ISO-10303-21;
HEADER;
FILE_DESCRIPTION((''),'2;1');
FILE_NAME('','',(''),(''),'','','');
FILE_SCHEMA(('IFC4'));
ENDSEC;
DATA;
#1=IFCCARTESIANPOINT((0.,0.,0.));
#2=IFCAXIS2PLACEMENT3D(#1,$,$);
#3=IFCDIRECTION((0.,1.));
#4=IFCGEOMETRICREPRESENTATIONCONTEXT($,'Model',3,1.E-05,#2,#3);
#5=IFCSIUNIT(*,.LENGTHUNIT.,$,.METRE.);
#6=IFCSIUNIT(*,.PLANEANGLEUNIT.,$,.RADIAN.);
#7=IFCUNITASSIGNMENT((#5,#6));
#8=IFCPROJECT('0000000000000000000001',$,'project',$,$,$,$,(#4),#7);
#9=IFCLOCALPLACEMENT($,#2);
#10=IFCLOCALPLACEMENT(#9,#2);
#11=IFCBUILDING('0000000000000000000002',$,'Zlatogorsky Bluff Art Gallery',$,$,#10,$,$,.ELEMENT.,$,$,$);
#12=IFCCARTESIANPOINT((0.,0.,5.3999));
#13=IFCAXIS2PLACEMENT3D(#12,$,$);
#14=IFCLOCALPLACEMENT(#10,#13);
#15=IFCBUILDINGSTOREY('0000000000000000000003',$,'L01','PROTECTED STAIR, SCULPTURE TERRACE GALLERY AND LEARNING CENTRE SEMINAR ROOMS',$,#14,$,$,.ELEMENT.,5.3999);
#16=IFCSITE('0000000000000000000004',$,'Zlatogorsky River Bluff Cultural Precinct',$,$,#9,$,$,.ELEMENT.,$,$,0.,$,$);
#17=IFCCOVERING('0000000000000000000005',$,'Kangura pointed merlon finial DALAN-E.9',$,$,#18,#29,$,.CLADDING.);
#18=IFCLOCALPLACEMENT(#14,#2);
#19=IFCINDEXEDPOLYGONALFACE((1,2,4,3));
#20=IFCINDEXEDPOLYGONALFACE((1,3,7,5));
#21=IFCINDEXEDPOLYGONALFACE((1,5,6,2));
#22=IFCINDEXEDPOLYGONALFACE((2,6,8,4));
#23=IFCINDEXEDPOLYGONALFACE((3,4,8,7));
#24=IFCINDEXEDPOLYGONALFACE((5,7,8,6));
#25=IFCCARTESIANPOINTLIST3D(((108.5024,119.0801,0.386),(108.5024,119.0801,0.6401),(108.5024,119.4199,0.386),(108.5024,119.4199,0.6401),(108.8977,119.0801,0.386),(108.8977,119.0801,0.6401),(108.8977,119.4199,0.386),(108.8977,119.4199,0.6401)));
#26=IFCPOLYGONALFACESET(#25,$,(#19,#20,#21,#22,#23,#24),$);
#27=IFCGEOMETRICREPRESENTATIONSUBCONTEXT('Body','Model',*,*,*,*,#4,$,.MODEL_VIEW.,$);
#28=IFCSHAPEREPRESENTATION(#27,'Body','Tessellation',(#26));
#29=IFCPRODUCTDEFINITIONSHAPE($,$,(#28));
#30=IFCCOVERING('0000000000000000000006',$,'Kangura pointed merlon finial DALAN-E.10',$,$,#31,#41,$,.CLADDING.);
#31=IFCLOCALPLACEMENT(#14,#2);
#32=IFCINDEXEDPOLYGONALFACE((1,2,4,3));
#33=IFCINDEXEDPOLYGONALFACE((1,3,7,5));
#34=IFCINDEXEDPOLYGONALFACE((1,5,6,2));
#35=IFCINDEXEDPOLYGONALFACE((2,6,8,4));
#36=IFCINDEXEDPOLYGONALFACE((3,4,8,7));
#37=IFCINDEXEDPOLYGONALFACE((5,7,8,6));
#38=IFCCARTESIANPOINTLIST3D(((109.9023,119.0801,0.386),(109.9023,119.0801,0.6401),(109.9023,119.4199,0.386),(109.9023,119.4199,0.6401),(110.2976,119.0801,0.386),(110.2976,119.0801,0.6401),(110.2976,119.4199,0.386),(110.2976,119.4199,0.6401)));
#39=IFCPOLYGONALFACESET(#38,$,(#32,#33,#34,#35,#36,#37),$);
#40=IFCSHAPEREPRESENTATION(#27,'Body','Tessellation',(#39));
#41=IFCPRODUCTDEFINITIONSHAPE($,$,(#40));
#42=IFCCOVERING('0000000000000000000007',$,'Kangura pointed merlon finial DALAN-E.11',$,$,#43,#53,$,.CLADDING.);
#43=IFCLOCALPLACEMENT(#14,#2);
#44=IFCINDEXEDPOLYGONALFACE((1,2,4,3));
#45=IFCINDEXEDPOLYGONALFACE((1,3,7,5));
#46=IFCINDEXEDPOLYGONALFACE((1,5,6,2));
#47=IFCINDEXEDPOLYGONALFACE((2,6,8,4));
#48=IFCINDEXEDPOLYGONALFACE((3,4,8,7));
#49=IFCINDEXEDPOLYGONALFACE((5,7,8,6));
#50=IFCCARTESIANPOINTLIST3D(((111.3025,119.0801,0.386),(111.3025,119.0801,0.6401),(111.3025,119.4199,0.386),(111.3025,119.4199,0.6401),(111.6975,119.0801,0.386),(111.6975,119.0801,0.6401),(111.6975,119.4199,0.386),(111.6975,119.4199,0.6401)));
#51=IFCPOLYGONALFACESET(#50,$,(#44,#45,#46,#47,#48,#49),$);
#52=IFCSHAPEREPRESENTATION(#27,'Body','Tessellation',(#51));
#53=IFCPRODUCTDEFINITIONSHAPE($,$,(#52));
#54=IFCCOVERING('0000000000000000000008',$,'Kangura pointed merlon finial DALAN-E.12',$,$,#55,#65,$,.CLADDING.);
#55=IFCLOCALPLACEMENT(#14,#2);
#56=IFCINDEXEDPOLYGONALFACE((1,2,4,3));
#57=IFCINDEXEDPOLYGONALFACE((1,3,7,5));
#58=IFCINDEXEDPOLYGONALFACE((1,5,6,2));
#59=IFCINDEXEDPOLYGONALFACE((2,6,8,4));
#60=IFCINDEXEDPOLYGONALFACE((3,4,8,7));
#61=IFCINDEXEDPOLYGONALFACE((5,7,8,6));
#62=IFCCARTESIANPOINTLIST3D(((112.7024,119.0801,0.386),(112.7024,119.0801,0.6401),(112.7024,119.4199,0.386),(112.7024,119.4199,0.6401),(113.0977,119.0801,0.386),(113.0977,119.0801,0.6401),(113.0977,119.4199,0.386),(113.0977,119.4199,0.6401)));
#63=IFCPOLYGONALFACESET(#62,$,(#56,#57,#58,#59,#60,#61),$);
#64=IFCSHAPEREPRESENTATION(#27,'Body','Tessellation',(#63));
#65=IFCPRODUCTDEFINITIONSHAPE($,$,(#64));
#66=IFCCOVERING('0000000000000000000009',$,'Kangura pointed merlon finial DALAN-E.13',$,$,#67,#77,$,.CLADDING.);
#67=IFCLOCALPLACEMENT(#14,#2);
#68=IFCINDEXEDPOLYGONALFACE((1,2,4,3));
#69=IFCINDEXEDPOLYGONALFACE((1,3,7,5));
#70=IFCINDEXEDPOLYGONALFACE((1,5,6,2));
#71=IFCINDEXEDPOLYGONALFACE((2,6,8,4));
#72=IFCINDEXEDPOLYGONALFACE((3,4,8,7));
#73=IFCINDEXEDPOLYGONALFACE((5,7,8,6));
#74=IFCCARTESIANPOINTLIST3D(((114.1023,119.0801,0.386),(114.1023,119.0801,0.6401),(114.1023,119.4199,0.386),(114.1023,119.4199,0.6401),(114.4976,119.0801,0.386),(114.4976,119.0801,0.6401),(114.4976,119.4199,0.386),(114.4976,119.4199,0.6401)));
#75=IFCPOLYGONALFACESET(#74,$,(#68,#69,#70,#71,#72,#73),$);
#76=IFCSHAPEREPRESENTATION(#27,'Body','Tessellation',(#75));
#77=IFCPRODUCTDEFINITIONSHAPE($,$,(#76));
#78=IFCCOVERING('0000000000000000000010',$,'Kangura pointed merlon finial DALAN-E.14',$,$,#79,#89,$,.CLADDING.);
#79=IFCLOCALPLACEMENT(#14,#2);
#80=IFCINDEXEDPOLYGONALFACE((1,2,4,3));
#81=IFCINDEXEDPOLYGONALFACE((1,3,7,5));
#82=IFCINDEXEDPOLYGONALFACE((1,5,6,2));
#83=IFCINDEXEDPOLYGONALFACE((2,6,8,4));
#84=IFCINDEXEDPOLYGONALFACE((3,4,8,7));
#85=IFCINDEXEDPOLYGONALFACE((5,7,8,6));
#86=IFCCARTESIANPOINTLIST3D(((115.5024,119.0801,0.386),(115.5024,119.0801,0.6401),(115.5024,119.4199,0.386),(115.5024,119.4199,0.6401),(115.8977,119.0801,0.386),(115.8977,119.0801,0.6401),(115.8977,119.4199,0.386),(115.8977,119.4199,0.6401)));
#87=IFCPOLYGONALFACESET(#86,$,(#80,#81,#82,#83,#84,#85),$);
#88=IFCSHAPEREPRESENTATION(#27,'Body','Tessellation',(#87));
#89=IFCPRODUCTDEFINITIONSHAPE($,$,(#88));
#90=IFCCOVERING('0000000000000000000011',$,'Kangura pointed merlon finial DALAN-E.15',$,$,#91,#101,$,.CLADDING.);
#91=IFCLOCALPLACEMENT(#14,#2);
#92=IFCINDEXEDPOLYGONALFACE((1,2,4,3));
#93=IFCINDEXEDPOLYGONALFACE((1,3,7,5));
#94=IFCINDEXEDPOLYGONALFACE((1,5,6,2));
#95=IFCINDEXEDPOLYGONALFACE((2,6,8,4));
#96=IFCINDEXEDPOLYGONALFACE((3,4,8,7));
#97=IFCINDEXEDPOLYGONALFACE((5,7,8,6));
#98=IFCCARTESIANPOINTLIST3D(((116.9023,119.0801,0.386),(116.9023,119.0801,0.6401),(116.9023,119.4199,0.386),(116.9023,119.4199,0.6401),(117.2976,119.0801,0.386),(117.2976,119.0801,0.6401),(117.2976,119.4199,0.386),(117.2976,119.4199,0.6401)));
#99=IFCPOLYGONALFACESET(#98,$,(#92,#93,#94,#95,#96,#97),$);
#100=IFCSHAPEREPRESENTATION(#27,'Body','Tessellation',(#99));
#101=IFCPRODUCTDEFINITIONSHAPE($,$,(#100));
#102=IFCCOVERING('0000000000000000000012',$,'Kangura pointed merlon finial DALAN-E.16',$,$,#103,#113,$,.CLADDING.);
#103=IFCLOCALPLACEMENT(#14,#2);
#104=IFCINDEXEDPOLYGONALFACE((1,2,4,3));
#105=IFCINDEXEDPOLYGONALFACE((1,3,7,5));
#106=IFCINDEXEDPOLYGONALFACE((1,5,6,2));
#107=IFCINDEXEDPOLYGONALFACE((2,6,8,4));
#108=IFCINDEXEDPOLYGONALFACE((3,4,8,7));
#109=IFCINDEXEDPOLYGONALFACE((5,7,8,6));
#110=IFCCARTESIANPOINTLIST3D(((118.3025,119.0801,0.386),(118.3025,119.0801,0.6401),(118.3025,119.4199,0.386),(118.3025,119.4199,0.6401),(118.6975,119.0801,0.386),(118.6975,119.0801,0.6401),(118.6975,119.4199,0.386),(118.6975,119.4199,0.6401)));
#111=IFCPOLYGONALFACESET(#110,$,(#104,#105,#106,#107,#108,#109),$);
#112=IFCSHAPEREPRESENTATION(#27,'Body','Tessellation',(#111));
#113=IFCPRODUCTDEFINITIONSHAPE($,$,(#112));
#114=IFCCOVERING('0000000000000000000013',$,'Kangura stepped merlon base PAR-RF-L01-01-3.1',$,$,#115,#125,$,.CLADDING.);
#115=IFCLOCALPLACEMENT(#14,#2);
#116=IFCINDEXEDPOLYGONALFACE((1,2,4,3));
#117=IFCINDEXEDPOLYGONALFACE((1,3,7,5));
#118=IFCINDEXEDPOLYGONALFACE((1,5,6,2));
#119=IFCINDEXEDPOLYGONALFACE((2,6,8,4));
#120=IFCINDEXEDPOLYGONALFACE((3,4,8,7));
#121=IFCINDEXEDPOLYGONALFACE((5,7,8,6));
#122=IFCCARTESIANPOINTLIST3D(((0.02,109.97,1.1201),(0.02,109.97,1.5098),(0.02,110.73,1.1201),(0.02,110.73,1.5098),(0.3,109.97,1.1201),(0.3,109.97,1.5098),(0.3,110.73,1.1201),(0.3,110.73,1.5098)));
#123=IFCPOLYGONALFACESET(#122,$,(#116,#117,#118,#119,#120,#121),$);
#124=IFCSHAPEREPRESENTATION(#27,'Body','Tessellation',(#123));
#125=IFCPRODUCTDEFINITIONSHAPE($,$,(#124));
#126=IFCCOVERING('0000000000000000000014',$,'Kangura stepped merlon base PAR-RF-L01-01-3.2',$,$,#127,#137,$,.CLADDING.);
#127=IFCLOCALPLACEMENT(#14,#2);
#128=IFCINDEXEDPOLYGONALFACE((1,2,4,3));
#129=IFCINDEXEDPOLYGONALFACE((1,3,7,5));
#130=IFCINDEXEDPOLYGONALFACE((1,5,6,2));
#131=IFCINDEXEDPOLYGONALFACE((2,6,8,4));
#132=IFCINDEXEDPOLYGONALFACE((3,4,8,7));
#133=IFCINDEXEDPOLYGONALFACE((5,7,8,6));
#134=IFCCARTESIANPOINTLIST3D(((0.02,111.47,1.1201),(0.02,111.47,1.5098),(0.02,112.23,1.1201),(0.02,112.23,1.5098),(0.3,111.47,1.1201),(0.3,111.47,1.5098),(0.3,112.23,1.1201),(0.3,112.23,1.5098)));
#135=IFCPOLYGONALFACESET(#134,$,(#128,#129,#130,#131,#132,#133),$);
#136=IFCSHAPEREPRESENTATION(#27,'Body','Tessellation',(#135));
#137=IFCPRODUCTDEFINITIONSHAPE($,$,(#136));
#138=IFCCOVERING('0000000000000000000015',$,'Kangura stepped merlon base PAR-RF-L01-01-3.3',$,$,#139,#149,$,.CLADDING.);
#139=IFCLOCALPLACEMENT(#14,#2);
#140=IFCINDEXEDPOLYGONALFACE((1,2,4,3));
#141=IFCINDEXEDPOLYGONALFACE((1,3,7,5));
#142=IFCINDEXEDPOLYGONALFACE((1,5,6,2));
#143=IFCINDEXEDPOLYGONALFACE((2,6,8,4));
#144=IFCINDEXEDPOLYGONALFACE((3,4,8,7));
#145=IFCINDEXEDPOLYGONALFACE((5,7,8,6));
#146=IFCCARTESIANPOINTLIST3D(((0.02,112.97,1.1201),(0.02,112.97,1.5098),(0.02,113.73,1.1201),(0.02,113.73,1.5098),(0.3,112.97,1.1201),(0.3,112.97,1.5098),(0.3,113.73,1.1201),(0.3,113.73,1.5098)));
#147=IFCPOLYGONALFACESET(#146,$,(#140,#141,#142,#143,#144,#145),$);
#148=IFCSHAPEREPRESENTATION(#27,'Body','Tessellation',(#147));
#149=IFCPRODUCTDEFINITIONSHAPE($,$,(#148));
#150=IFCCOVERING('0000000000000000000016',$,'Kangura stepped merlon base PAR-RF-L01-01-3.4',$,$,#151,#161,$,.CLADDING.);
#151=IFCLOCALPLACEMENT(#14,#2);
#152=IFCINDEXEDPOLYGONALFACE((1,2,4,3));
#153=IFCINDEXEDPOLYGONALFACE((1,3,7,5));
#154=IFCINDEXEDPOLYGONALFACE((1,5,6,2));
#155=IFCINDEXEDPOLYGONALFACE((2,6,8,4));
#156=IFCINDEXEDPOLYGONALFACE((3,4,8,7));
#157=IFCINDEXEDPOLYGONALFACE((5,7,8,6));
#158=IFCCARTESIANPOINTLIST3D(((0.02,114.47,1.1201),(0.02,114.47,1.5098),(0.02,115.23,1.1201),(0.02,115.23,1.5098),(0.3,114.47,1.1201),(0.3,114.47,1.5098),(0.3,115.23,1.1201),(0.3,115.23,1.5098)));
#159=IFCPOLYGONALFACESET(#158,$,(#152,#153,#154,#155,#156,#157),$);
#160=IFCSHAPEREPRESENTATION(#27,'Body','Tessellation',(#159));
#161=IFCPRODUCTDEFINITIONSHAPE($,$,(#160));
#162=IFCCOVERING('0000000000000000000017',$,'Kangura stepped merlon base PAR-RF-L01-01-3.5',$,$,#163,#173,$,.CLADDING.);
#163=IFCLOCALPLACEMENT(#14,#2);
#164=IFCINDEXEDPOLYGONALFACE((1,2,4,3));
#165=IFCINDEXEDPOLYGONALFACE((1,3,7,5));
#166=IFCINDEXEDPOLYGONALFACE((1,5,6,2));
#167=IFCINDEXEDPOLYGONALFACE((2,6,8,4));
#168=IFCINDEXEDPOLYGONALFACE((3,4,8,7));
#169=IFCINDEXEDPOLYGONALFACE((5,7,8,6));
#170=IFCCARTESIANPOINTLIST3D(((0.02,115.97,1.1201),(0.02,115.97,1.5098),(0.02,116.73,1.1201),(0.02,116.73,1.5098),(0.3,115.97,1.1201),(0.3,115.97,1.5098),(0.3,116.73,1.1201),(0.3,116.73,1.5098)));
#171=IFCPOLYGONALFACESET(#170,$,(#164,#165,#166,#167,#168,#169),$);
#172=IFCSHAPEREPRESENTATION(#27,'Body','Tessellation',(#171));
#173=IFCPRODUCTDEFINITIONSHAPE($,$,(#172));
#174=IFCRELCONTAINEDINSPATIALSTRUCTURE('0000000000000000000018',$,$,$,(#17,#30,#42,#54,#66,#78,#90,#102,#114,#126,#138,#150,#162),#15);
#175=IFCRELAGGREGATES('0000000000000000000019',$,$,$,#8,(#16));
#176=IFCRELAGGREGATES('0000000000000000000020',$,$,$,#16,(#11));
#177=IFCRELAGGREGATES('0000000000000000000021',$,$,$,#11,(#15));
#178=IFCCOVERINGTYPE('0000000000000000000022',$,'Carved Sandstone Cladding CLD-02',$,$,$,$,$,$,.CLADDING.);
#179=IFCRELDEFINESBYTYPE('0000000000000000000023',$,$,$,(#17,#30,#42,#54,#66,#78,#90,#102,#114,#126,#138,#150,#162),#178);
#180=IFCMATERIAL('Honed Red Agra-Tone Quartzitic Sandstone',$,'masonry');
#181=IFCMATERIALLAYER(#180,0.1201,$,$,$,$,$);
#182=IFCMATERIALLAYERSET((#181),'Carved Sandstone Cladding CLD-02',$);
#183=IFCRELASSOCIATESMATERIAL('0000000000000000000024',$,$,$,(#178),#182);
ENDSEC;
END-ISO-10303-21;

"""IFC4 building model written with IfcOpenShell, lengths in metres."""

from ifc_helpers import new_model, si_unit, direction, frame, origin, place, context, subcontext, project, spatial, polyline, outline, extrude, material, layer, layer_set, type_object, element, save


model = new_model("IFC4")

# Units and contexts
model_context = context("Model", 3, precision=1e-05, world=origin(), true_north=direction((0.0, 1.0)))
body_context = subcontext(model_context, "Body", "Model", "MODEL_VIEW")
ifc_project = project(units=[si_unit("LENGTHUNIT", "METRE"), si_unit("PLANEANGLEUNIT", "RADIAN")], contexts=[model_context])

# Site, building, storey
site_placement = place(None, origin())
site = spatial("IfcSite", under=ifc_project, at=site_placement, Name="Zlatogorsky River Bluff Cultural Precinct", CompositionType="ELEMENT", RefElevation=0.0)
building_placement = place(site_placement, origin())
building = spatial("IfcBuilding", under=site, at=building_placement, Name="Zlatogorsky Bluff Art Gallery", CompositionType="ELEMENT")
storey_placement = place(building_placement, frame((0.0, 0.0, 5.3999)))
storey = spatial("IfcBuildingStorey", under=building, at=storey_placement, Name="L01", Description="PROTECTED STAIR, SCULPTURE TERRACE GALLERY AND LEARNING CENTRE SEMINAR ROOMS", CompositionType="ELEMENT", Elevation=5.3999)

# Coverings
ifc_material = material(Name="Honed Red Agra-Tone Quartzitic Sandstone", Category="masonry")
ifc_layer = layer(ifc_material, 0.1201)
ifc_layer_set = layer_set([ifc_layer], Name="Carved Sandstone Cladding CLD-02")
covering_type = type_object("IfcCoveringType", Name="Carved Sandstone Cladding CLD-02", PredefinedType="CLADDING", material=ifc_layer_set)
covering_1_placement = place(storey_placement, frame((0.0, 0.0, 0.386)))
element("IfcCovering", 1, at=covering_1_placement, inside=storey, type_object=covering_type, Name="Kangura pointed merlon finial DALAN-E.9", PredefinedType="CLADDING", context=body_context, shape_type="SweptSolid", body=[
    extrude(outline(polyline([(108.5024, 119.0801), (108.8977, 119.0801), (108.8977, 119.4199), (108.5024, 119.4199), (108.5024, 119.0801)])), origin(), (0.0, 0.0, 1.0), 0.2542),
])
covering_2_placement = place(storey_placement, frame((0.0, 0.0, 0.386)))
element("IfcCovering", 2, at=covering_2_placement, inside=storey, type_object=covering_type, Name="Kangura pointed merlon finial DALAN-E.10", PredefinedType="CLADDING", context=body_context, shape_type="SweptSolid", body=[
    extrude(outline(polyline([(109.9023, 119.0801), (110.2976, 119.0801), (110.2976, 119.4199), (109.9023, 119.4199), (109.9023, 119.0801)])), origin(), (0.0, 0.0, 1.0), 0.2542),
])
covering_3_placement = place(storey_placement, frame((0.0, 0.0, 0.386)))
element("IfcCovering", 3, at=covering_3_placement, inside=storey, type_object=covering_type, Name="Kangura pointed merlon finial DALAN-E.11", PredefinedType="CLADDING", context=body_context, shape_type="SweptSolid", body=[
    extrude(outline(polyline([(111.3025, 119.0801), (111.6975, 119.0801), (111.6975, 119.4199), (111.3025, 119.4199), (111.3025, 119.0801)])), origin(), (0.0, 0.0, 1.0), 0.2542),
])
covering_4_placement = place(storey_placement, frame((0.0, 0.0, 0.386)))
element("IfcCovering", 4, at=covering_4_placement, inside=storey, type_object=covering_type, Name="Kangura pointed merlon finial DALAN-E.12", PredefinedType="CLADDING", context=body_context, shape_type="SweptSolid", body=[
    extrude(outline(polyline([(112.7024, 119.0801), (113.0977, 119.0801), (113.0977, 119.4199), (112.7024, 119.4199), (112.7024, 119.0801)])), origin(), (0.0, 0.0, 1.0), 0.2542),
])
covering_5_placement = place(storey_placement, frame((0.0, 0.0, 0.386)))
element("IfcCovering", 5, at=covering_5_placement, inside=storey, type_object=covering_type, Name="Kangura pointed merlon finial DALAN-E.13", PredefinedType="CLADDING", context=body_context, shape_type="SweptSolid", body=[
    extrude(outline(polyline([(114.1023, 119.0801), (114.4976, 119.0801), (114.4976, 119.4199), (114.1023, 119.4199), (114.1023, 119.0801)])), origin(), (0.0, 0.0, 1.0), 0.2542),
])
covering_6_placement = place(storey_placement, frame((0.0, 0.0, 0.386)))
element("IfcCovering", 6, at=covering_6_placement, inside=storey, type_object=covering_type, Name="Kangura pointed merlon finial DALAN-E.14", PredefinedType="CLADDING", context=body_context, shape_type="SweptSolid", body=[
    extrude(outline(polyline([(115.5024, 119.0801), (115.8977, 119.0801), (115.8977, 119.4199), (115.5024, 119.4199), (115.5024, 119.0801)])), origin(), (0.0, 0.0, 1.0), 0.2542),
])
covering_7_placement = place(storey_placement, frame((0.0, 0.0, 0.386)))
element("IfcCovering", 7, at=covering_7_placement, inside=storey, type_object=covering_type, Name="Kangura pointed merlon finial DALAN-E.15", PredefinedType="CLADDING", context=body_context, shape_type="SweptSolid", body=[
    extrude(outline(polyline([(116.9023, 119.0801), (117.2976, 119.0801), (117.2976, 119.4199), (116.9023, 119.4199), (116.9023, 119.0801)])), origin(), (0.0, 0.0, 1.0), 0.2542),
])
covering_8_placement = place(storey_placement, frame((0.0, 0.0, 0.386)))
element("IfcCovering", 8, at=covering_8_placement, inside=storey, type_object=covering_type, Name="Kangura pointed merlon finial DALAN-E.16", PredefinedType="CLADDING", context=body_context, shape_type="SweptSolid", body=[
    extrude(outline(polyline([(118.3025, 119.0801), (118.6975, 119.0801), (118.6975, 119.4199), (118.3025, 119.4199), (118.3025, 119.0801)])), origin(), (0.0, 0.0, 1.0), 0.2542),
])
covering_9_placement = place(storey_placement, frame((0.0, 0.0, 1.1201)))
element("IfcCovering", 9, at=covering_9_placement, inside=storey, type_object=covering_type, Name="Kangura stepped merlon base PAR-RF-L01-01-3.1", PredefinedType="CLADDING", context=body_context, shape_type="SweptSolid", body=[
    extrude(outline(polyline([(0.02, 109.97), (0.02, 110.73), (0.3, 110.73), (0.3, 109.97), (0.02, 109.97)])), origin(), (0.0, 0.0, 1.0), 0.3896),
])
covering_10_placement = place(storey_placement, frame((0.0, 0.0, 1.1201)))
element("IfcCovering", 10, at=covering_10_placement, inside=storey, type_object=covering_type, Name="Kangura stepped merlon base PAR-RF-L01-01-3.2", PredefinedType="CLADDING", context=body_context, shape_type="SweptSolid", body=[
    extrude(outline(polyline([(0.02, 111.47), (0.02, 112.23), (0.3, 112.23), (0.3, 111.47), (0.02, 111.47)])), origin(), (0.0, 0.0, 1.0), 0.3896),
])
covering_11_placement = place(storey_placement, frame((0.0, 0.0, 1.1201)))
element("IfcCovering", 11, at=covering_11_placement, inside=storey, type_object=covering_type, Name="Kangura stepped merlon base PAR-RF-L01-01-3.3", PredefinedType="CLADDING", context=body_context, shape_type="SweptSolid", body=[
    extrude(outline(polyline([(0.02, 112.97), (0.02, 113.73), (0.3, 113.73), (0.3, 112.97), (0.02, 112.97)])), origin(), (0.0, 0.0, 1.0), 0.3896),
])
covering_12_placement = place(storey_placement, frame((0.0, 0.0, 1.1201)))
element("IfcCovering", 12, at=covering_12_placement, inside=storey, type_object=covering_type, Name="Kangura stepped merlon base PAR-RF-L01-01-3.4", PredefinedType="CLADDING", context=body_context, shape_type="SweptSolid", body=[
    extrude(outline(polyline([(0.02, 114.47), (0.02, 115.23), (0.3, 115.23), (0.3, 114.47), (0.02, 114.47)])), origin(), (0.0, 0.0, 1.0), 0.3896),
])
covering_13_placement = place(storey_placement, frame((0.0, 0.0, 1.1201)))
element("IfcCovering", 13, at=covering_13_placement, inside=storey, type_object=covering_type, Name="Kangura stepped merlon base PAR-RF-L01-01-3.5", PredefinedType="CLADDING", context=body_context, shape_type="SweptSolid", body=[
    extrude(outline(polyline([(0.02, 115.97), (0.02, 116.73), (0.3, 116.73), (0.3, 115.97), (0.02, 115.97)])), origin(), (0.0, 0.0, 1.0), 0.3896),
])

save(model, "model.ifc")
